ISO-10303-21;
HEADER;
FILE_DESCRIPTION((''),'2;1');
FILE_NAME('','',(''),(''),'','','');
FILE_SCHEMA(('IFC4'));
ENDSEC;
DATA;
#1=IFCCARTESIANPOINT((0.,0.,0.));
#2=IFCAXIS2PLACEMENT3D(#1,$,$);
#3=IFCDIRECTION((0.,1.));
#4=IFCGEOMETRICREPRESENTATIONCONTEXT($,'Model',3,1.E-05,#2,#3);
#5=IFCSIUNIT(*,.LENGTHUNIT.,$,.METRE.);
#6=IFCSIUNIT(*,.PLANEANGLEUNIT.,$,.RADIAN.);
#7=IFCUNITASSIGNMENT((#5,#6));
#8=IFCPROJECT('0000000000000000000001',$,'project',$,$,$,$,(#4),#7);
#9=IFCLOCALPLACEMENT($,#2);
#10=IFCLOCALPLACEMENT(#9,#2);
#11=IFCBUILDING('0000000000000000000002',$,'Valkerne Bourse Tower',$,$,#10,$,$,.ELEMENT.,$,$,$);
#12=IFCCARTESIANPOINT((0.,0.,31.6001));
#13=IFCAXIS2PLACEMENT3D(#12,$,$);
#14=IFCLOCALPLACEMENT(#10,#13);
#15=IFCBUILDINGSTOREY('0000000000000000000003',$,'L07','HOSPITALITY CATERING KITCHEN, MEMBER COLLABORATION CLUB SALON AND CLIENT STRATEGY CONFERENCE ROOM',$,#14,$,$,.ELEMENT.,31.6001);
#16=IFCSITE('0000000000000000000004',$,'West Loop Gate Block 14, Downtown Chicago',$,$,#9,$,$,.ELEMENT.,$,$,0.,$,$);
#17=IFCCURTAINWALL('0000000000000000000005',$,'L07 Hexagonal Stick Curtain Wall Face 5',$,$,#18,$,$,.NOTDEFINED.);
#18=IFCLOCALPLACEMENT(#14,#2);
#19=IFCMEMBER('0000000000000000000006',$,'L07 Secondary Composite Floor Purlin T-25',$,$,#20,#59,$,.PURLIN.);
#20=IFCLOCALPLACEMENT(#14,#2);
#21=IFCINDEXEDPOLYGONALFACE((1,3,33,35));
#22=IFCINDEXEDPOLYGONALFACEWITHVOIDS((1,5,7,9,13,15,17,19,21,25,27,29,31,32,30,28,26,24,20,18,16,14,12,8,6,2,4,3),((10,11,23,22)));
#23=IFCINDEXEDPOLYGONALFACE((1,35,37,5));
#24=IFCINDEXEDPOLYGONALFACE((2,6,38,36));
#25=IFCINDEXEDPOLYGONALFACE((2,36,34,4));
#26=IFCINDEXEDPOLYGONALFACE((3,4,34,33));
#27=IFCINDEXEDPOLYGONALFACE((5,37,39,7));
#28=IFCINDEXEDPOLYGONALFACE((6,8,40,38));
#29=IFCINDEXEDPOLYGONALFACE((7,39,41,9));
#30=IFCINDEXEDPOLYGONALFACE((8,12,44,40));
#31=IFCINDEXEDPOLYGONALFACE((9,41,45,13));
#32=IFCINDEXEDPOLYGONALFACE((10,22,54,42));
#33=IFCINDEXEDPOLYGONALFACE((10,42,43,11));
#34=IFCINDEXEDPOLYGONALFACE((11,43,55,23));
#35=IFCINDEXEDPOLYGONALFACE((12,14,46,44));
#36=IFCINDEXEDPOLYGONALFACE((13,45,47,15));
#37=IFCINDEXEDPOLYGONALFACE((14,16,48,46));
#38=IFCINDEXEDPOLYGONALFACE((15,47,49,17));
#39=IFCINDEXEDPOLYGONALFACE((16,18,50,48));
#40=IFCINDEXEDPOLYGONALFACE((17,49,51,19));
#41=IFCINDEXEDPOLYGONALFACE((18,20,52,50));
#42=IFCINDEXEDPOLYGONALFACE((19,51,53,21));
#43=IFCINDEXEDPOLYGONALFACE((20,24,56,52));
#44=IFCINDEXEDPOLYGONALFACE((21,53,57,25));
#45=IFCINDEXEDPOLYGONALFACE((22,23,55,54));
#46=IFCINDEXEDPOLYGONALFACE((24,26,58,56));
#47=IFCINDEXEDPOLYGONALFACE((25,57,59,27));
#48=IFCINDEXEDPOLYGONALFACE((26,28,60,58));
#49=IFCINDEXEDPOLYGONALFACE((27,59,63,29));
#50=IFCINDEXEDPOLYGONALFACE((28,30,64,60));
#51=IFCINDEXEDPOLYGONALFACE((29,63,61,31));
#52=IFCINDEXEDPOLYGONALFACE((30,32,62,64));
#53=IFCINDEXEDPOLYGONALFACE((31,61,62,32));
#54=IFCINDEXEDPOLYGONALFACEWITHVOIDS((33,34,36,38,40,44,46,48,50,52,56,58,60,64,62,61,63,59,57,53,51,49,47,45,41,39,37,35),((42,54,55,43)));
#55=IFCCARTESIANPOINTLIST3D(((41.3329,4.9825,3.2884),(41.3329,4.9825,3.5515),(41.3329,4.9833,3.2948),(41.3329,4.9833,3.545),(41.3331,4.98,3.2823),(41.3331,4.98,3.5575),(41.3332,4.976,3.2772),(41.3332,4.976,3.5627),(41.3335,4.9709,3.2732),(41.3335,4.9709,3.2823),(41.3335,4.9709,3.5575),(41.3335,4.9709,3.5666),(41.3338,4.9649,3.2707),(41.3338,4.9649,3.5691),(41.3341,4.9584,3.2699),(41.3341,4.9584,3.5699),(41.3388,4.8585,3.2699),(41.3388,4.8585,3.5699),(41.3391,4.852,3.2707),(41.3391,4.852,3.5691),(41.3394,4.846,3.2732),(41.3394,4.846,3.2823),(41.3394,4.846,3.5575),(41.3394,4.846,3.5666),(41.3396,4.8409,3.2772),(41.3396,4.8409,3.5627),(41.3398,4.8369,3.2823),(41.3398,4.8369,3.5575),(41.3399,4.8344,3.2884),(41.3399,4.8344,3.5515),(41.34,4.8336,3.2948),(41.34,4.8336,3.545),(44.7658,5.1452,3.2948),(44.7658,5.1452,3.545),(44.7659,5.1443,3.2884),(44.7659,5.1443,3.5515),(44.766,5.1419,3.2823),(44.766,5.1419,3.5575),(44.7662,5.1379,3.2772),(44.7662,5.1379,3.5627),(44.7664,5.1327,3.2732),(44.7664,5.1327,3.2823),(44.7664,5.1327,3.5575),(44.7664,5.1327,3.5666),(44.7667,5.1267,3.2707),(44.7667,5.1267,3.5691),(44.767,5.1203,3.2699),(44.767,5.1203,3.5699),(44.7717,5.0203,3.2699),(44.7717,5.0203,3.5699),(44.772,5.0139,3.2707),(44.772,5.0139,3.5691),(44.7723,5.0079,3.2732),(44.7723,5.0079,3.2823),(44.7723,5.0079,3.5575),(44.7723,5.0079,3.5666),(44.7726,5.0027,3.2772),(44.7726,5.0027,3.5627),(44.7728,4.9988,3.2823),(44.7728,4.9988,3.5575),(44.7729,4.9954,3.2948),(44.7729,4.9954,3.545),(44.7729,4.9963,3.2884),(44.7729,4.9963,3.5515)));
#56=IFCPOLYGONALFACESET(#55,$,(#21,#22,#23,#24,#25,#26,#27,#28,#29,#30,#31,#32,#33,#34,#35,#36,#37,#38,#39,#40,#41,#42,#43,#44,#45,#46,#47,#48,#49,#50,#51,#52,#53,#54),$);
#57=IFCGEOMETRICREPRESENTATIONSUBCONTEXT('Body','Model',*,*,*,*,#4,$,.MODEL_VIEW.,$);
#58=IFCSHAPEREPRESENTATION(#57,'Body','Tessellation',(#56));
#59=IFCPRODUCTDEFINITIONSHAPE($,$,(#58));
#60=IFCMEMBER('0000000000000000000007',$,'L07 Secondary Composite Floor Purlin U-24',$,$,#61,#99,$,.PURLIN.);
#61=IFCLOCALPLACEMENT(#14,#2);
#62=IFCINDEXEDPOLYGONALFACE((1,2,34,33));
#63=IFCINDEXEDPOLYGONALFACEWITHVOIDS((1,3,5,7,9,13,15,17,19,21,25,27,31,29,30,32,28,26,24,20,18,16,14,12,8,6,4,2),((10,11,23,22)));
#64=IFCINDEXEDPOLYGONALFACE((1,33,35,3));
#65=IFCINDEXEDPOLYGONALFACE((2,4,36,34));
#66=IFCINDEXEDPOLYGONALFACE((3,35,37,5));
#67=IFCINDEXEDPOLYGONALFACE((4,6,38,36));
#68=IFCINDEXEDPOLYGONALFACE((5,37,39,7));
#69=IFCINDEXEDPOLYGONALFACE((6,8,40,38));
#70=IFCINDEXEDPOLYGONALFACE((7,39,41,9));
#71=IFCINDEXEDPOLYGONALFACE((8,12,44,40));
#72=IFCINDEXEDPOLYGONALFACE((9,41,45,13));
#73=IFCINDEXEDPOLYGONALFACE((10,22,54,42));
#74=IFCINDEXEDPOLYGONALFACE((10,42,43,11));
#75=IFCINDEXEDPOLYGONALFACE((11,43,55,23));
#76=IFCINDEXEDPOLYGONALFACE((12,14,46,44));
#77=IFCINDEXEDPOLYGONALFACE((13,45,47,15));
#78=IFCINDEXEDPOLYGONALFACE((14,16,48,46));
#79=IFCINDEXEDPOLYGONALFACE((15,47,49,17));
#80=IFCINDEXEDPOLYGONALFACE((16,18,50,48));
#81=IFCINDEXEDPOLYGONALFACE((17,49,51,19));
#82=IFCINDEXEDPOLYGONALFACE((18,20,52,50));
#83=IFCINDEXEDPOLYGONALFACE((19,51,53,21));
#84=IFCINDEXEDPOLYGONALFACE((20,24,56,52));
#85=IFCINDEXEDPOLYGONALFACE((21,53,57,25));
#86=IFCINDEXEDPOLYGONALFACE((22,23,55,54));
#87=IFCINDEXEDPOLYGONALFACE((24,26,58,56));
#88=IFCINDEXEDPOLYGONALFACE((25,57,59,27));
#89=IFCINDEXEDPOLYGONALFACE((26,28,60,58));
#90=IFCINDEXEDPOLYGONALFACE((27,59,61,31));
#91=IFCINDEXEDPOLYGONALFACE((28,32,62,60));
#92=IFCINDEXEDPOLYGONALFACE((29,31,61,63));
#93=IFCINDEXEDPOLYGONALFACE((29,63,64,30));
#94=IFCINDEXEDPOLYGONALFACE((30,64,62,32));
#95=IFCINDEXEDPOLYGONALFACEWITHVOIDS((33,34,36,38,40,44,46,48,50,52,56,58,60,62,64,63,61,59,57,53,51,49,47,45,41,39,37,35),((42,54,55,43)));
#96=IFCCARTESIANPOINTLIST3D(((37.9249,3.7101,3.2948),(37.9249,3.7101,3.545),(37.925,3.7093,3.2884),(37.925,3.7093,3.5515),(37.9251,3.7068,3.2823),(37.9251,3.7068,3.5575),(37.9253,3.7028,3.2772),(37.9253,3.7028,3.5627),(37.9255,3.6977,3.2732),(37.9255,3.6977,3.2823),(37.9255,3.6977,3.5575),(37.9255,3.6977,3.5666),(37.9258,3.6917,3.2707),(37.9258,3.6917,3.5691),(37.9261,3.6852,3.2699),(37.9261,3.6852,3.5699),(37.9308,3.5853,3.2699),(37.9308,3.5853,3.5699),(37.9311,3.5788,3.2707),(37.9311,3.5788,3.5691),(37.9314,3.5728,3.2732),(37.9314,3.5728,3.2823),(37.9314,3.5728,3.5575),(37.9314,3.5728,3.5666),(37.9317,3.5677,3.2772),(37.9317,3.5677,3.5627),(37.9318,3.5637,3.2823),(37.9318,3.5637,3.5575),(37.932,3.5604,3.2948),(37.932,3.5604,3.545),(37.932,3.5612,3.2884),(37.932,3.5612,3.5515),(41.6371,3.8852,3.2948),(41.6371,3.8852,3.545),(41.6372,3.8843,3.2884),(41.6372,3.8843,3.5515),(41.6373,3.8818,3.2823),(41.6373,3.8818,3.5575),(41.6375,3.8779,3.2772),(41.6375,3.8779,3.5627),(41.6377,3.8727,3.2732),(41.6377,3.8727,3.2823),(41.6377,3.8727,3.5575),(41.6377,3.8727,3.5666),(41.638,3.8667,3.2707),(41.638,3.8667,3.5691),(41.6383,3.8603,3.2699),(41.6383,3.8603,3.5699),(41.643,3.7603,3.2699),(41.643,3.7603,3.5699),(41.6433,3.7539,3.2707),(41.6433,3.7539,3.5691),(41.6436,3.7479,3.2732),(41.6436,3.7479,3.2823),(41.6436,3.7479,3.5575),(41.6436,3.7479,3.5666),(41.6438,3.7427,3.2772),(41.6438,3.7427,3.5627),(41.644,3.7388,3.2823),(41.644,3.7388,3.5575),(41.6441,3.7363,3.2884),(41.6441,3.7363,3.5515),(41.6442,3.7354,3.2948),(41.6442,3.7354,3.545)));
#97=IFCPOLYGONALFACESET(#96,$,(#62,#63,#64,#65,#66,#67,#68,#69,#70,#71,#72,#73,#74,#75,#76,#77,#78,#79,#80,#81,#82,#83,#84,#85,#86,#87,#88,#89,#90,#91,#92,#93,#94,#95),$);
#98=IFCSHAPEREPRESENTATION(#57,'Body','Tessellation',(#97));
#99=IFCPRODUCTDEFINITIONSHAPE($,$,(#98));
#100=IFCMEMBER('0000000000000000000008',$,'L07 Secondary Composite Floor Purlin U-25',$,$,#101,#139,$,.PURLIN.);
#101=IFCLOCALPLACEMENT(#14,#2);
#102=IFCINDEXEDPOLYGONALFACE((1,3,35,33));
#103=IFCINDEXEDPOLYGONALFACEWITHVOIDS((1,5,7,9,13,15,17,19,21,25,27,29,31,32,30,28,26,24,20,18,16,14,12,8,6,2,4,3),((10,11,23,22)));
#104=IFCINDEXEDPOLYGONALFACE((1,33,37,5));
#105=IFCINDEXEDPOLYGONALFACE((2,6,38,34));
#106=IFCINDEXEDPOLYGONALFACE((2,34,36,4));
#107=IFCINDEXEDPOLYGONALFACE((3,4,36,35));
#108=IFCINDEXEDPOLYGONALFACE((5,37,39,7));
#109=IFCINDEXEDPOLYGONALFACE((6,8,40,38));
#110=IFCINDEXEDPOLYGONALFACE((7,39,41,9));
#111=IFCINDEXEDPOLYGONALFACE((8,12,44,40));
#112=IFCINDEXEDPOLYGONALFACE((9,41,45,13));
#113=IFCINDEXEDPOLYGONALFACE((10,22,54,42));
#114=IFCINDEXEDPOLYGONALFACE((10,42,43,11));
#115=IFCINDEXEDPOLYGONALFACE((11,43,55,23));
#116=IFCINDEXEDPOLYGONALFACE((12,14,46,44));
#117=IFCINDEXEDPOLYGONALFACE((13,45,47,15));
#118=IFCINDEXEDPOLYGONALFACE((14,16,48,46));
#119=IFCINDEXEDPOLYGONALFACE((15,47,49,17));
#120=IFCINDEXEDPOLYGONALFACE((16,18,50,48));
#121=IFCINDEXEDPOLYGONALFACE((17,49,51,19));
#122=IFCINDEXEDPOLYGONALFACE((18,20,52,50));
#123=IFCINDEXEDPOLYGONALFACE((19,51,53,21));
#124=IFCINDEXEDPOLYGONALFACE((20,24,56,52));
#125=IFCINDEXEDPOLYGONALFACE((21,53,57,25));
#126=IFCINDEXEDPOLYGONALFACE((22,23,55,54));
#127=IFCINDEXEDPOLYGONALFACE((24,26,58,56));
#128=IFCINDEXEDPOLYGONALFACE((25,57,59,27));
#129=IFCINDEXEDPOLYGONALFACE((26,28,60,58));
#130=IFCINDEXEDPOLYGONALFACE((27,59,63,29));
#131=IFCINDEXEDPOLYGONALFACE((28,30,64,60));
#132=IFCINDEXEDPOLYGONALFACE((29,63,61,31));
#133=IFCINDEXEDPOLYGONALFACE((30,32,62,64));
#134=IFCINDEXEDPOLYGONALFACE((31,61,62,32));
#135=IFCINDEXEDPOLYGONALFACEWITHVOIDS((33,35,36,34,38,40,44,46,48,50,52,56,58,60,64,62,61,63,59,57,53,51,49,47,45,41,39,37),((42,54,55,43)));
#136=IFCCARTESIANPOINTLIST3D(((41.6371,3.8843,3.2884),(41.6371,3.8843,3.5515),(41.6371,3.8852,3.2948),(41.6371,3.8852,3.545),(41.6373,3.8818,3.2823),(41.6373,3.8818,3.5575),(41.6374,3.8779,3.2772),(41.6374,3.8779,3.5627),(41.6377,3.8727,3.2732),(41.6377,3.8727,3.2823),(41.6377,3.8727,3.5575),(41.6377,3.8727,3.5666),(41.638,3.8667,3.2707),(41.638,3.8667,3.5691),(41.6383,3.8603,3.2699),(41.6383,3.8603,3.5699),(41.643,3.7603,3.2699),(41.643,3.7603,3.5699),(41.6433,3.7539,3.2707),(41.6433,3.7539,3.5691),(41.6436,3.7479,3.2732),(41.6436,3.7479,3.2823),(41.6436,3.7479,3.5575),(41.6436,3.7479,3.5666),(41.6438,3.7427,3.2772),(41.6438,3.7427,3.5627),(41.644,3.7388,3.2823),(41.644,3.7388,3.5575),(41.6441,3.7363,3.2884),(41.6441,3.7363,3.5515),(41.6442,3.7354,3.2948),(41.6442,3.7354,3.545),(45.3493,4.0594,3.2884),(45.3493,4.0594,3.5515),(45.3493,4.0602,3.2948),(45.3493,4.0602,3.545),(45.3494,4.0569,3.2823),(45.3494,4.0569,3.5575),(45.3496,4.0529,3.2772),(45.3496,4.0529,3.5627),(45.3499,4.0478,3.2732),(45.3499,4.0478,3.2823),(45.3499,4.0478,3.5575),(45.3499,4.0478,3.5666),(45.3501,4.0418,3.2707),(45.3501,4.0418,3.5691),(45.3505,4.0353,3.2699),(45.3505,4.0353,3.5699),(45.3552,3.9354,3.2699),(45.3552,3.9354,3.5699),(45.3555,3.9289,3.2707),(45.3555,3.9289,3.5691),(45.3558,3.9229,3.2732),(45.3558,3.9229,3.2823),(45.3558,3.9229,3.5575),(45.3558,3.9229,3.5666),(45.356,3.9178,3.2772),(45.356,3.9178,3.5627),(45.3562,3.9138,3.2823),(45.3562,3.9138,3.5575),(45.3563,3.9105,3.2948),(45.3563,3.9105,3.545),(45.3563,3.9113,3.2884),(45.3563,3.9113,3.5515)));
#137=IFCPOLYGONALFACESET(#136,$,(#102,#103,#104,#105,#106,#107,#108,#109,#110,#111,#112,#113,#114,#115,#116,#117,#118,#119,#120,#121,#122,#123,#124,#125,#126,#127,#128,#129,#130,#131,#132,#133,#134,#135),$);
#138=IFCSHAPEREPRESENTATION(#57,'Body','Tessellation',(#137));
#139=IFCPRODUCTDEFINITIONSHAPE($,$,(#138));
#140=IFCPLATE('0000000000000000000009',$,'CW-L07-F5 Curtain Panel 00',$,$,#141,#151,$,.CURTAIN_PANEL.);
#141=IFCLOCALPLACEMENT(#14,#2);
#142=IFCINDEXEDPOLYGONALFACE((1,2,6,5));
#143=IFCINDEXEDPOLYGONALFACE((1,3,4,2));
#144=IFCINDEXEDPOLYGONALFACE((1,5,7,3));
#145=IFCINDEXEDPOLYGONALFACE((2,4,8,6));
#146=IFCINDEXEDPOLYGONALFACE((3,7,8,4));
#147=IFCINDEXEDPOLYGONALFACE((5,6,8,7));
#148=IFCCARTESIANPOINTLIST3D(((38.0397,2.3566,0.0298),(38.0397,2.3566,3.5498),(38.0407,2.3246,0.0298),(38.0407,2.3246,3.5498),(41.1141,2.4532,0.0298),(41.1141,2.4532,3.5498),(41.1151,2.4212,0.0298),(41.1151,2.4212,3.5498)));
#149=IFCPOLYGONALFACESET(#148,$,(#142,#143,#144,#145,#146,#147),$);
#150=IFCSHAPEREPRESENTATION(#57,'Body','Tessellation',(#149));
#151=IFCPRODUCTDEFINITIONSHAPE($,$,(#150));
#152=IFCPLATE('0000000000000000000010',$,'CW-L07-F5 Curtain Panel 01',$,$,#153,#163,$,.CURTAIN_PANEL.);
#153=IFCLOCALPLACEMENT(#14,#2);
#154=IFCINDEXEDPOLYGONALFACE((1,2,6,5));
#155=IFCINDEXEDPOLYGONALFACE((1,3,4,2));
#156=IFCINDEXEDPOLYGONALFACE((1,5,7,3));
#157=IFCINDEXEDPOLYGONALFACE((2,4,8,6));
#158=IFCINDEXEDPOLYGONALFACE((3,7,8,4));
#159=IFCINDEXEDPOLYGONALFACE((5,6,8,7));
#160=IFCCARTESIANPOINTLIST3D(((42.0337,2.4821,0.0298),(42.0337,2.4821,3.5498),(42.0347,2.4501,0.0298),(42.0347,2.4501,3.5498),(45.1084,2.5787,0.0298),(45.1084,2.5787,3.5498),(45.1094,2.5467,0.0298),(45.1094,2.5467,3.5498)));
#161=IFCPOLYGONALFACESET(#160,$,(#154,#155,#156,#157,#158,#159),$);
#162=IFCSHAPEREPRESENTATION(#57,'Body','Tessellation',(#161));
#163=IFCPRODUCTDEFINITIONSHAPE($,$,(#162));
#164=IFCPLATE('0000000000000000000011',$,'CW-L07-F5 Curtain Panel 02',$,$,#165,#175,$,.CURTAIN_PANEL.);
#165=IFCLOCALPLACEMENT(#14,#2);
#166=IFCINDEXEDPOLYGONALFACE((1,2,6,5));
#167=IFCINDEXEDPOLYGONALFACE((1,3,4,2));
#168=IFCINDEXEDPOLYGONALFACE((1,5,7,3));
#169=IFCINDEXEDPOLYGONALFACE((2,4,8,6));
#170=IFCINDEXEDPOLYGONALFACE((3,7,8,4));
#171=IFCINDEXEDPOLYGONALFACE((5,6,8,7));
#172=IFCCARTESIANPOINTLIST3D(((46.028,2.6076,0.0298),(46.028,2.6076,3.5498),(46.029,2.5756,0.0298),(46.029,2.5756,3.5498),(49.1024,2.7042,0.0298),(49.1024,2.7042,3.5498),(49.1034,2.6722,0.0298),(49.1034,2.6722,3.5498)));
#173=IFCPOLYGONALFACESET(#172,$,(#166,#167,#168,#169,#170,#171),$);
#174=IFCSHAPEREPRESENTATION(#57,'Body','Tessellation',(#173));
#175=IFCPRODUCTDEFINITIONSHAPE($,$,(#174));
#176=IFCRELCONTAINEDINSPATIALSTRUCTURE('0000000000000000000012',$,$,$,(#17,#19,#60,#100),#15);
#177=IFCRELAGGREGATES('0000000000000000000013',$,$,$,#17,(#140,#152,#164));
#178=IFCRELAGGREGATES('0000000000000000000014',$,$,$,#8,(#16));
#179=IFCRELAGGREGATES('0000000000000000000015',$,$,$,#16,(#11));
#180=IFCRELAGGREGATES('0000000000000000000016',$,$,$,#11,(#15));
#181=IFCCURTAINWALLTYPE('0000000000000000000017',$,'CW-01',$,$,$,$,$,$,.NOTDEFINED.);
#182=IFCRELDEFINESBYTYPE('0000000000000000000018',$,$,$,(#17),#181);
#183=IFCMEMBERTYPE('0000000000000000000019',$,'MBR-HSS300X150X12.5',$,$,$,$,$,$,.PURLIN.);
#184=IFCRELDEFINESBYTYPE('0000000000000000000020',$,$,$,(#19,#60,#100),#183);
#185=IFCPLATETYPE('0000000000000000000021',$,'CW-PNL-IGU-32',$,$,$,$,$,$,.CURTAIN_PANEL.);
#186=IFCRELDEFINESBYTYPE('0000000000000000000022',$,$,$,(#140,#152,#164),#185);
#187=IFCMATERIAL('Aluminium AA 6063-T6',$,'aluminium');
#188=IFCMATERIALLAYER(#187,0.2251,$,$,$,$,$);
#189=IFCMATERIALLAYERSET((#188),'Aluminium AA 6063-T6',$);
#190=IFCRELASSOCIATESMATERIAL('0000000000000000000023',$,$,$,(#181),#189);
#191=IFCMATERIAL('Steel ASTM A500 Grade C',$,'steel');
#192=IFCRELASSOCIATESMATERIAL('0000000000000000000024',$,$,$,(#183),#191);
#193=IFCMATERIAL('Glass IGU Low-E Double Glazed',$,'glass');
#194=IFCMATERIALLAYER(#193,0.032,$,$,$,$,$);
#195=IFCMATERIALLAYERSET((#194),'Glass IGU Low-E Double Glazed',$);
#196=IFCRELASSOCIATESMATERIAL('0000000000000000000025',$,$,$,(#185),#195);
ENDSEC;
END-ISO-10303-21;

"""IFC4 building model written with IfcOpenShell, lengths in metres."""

from ifc_helpers import new_model, si_unit, direction, frame, origin, origin_2d, place, context, subcontext, project, spatial, rectangle, hollow_rectangle, extrude, material, layer, layer_set, material_profile, profile_set, type_object, element, aggregate, save


model = new_model("IFC4")

# Units and contexts
model_context = context("Model", 3, precision=1e-05, world=origin(), true_north=direction((0.0, 1.0)))
body_context = subcontext(model_context, "Body", "Model", "MODEL_VIEW")
ifc_project = project(units=[si_unit("LENGTHUNIT", "METRE"), si_unit("PLANEANGLEUNIT", "RADIAN")], contexts=[model_context])

# Site, building, storey
site_placement = place(None, origin())
site = spatial("IfcSite", under=ifc_project, at=site_placement, Name="West Loop Gate Block 14, Downtown Chicago", CompositionType="ELEMENT", RefElevation=0.0)
building_placement = place(site_placement, origin())
building = spatial("IfcBuilding", under=site, at=building_placement, Name="Valkerne Bourse Tower", CompositionType="ELEMENT")
storey_placement = place(building_placement, frame((0.0, 0.0, 31.6001)))
storey = spatial("IfcBuildingStorey", under=building, at=storey_placement, Name="L07", Description="HOSPITALITY CATERING KITCHEN, MEMBER COLLABORATION CLUB SALON AND CLIENT STRATEGY CONFERENCE ROOM", CompositionType="ELEMENT", Elevation=31.6001)

# Curtain wall
ifc_material_1 = material(Name="Aluminium AA 6063-T6", Category="aluminium")
ifc_layer_1 = layer(ifc_material_1, 0.2251)
ifc_layer_set_1 = layer_set([ifc_layer_1], Name="Aluminium AA 6063-T6")
curtain_wall_type = type_object("IfcCurtainWallType", Name="CW-01", PredefinedType="NOTDEFINED", material=ifc_layer_set_1)
curtain_wall_placement = place(storey_placement, origin())
curtain_wall = element("IfcCurtainWall", 1, at=curtain_wall_placement, inside=storey, type_object=curtain_wall_type, Name="L07 Hexagonal Stick Curtain Wall Face 5", PredefinedType="NOTDEFINED")

# Members
ifc_material_2 = material(Name="Steel ASTM A500 Grade C", Category="steel")
ifc_material_profile_1 = material_profile(ifc_material_2, hollow_rectangle(XDim=0.1499, YDim=0.3, WallThickness=0.0125, OuterFilletRadius=0.0249, at=origin_2d()), Name="HSS300X150X12.5")
ifc_profile_set_1 = profile_set([ifc_material_profile_1], Name="Steel ASTM A500 Grade C")
member_type_1 = type_object("IfcMemberType", Name="MBR-HSS300X150X12.5", PredefinedType="PURLIN", material=ifc_profile_set_1)
member_1_placement = place(storey_placement, frame((41.3364, 4.9084, 3.4199), z_axis=(0.99889, 0.047099, 0.0), x_axis=(-0.047099, 0.99889, 0.0)))
element("IfcMember", 2, at=member_1_placement, inside=storey, type_object=member_type_1, Name="L07 Secondary Composite Floor Purlin T-25", PredefinedType="PURLIN", context=body_context, shape_type="SweptSolid", body=[
    extrude(hollow_rectangle(XDim=0.1499, YDim=0.3, WallThickness=0.0125, OuterFilletRadius=0.0249, at=origin_2d()), origin(), (0.0, 0.0, 1.0), 3.4368),
])
for number, where, z_axis, x_axis, name in (
    (3, (37.9285, 3.6353, 3.4199), (0.99889, 0.047103, 0.0), (-0.047103, 0.99889, 0.0), "L07 Secondary Composite Floor Purlin U-24"),
    (4, (41.6406, 3.8103, 3.4199), (0.99889, 0.047103, 0.0), (-0.047103, 0.99889, 0.0), "L07 Secondary Composite Floor Purlin U-25"),
):
    element("IfcMember", number, at=place(storey_placement, frame(where, z_axis=z_axis, x_axis=x_axis)), inside=storey, type_object=member_type_1, Name=name, PredefinedType="PURLIN", context=body_context, shape_type="SweptSolid", body=[
        extrude(hollow_rectangle(XDim=0.1499, YDim=0.3, WallThickness=0.0125, OuterFilletRadius=0.0249, at=origin_2d()), origin(), (0.0, 0.0, 1.0), 3.7163),
    ])

# Plates
ifc_material_3 = material(Name="Glass IGU Low-E Double Glazed", Category="glass")
ifc_layer_2 = layer(ifc_material_3, 0.032)
ifc_layer_set_2 = layer_set([ifc_layer_2], Name="Glass IGU Low-E Double Glazed")
plate_type = type_object("IfcPlateType", Name="CW-PNL-IGU-32", PredefinedType="CURTAIN_PANEL", material=ifc_layer_set_2)
plate_1_placement = place(storey_placement, frame((39.5774, 2.3889, 0.0298), z_axis=(0.0, 0.0, 1.0), x_axis=(0.999507, 0.031407, 0.0)))
plate_1 = element("IfcPlate", 5, at=plate_1_placement, type_object=plate_type, Name="CW-L07-F5 Curtain Panel 00", PredefinedType="CURTAIN_PANEL", context=body_context, shape_type="SweptSolid", body=[
    extrude(rectangle(XDim=3.0759, YDim=0.032, at=origin_2d()), origin(), (0.0, 0.0, 1.0), 3.52),
])
plate_2_placement = place(storey_placement, frame((43.5715, 2.5144, 0.0298), z_axis=(0.0, 0.0, 1.0), x_axis=(0.999507, 0.031406, 0.0)))
plate_2 = element("IfcPlate", 6, at=plate_2_placement, type_object=plate_type, Name="CW-L07-F5 Curtain Panel 01", PredefinedType="CURTAIN_PANEL", context=body_context, shape_type="SweptSolid", body=[
    extrude(rectangle(XDim=3.0762, YDim=0.032, at=origin_2d()), origin(), (0.0, 0.0, 1.0), 3.52),
])
plate_3_placement = place(storey_placement, frame((47.5657, 2.6399, 0.0298), z_axis=(0.0, 0.0, 1.0), x_axis=(0.999507, 0.031407, 0.0)))
plate_3 = element("IfcPlate", 7, at=plate_3_placement, type_object=plate_type, Name="CW-L07-F5 Curtain Panel 02", PredefinedType="CURTAIN_PANEL", context=body_context, shape_type="SweptSolid", body=[
    extrude(rectangle(XDim=3.0759, YDim=0.032, at=origin_2d()), origin(), (0.0, 0.0, 1.0), 3.52),
])
aggregate(curtain_wall, [plate_1, plate_2, plate_3])

save(model, "model.ifc")
